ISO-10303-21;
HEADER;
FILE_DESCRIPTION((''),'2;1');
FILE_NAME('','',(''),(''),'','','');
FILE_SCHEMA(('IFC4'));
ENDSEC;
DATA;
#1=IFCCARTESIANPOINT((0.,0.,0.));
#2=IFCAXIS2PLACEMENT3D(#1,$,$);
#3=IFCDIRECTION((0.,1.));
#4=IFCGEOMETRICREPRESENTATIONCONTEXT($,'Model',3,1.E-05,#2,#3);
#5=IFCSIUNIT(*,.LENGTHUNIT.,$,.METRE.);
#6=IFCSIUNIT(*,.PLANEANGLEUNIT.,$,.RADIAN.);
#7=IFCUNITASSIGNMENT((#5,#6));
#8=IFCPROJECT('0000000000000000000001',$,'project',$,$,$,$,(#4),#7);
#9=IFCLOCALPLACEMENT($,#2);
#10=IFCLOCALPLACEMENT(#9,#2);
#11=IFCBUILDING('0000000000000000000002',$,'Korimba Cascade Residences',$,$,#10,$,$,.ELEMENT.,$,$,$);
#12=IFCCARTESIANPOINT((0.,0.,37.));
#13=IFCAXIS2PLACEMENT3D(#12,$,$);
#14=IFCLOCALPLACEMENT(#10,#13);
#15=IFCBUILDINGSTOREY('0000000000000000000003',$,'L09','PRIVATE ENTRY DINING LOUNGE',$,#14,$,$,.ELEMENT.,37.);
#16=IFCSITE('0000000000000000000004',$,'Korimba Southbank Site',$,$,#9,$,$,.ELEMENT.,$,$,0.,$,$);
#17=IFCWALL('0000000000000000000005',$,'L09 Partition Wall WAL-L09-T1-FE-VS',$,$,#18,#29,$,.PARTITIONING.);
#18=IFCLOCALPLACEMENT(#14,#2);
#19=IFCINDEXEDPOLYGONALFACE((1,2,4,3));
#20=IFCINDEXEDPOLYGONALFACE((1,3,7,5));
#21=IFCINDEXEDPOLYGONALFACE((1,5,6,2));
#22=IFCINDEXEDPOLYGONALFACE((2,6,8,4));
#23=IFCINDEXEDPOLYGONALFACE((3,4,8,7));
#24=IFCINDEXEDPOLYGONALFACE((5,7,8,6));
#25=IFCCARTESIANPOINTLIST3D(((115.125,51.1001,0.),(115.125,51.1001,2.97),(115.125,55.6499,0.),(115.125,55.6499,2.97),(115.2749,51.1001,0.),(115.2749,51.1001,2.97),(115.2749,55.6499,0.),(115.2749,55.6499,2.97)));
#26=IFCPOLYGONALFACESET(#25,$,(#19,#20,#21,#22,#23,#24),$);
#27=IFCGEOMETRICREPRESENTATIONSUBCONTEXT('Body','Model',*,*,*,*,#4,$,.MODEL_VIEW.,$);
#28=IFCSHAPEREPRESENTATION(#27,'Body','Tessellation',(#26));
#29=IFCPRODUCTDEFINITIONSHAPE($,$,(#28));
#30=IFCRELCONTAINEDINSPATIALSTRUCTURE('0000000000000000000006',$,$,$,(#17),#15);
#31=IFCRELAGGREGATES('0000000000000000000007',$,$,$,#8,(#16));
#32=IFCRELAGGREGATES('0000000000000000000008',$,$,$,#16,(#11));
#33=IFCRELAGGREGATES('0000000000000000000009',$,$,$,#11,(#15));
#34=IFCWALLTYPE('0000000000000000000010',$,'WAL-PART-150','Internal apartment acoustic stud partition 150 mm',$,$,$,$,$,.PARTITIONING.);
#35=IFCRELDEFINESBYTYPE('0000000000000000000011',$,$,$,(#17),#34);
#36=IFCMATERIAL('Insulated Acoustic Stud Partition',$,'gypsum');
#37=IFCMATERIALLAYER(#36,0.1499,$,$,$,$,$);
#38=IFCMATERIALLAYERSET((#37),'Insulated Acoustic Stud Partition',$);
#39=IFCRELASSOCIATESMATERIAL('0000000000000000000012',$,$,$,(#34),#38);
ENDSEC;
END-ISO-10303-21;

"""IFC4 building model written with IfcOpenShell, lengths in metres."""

from ifc_helpers import new_model, si_unit, direction, frame, frame_2d, origin, place, context, subcontext, project, spatial, rectangle, extrude, material, layer, layer_set, type_object, element, save


model = new_model("IFC4")

# Units and contexts
model_context = context("Model", 3, precision=1e-05, world=origin(), true_north=direction((0.0, 1.0)))
body_context = subcontext(model_context, "Body", "Model", "MODEL_VIEW")
ifc_project = project(units=[si_unit("LENGTHUNIT", "METRE"), si_unit("PLANEANGLEUNIT", "RADIAN")], contexts=[model_context])

# Site, building, storey
site_placement = place(None, origin())
site = spatial("IfcSite", under=ifc_project, at=site_placement, Name="Korimba Southbank Site", CompositionType="ELEMENT", RefElevation=0.0)
building_placement = place(site_placement, origin())
building = spatial("IfcBuilding", under=site, at=building_placement, Name="Korimba Cascade Residences", CompositionType="ELEMENT")
storey_placement = place(building_placement, frame((0.0, 0.0, 37.0)))
storey = spatial("IfcBuildingStorey", under=building, at=storey_placement, Name="L09", Description="PRIVATE ENTRY DINING LOUNGE", CompositionType="ELEMENT", Elevation=37.0)

# Shared definitions
ifc_material_1 = material(Name="Insulated Acoustic Stud Partition", Category="gypsum")
ifc_layer_1 = layer(ifc_material_1, 0.1499)
ifc_layer_set_1 = layer_set([ifc_layer_1], Name="Insulated Acoustic Stud Partition")
wall_type_1 = type_object("IfcWallType", Name="WAL-PART-150", Description="Internal apartment acoustic stud partition 150 mm", PredefinedType="PARTITIONING", material=ifc_layer_set_1)

# Wall
wall_1_placement = place(storey_placement, frame((115.2, 51.1001, 0.0), z_axis=(0.0, 0.0, 1.0), x_axis=(0.0, 1.0, 0.0)))
element("IfcWall", 1, at=wall_1_placement, inside=storey, type_object=wall_type_1, Name="L09 Partition Wall WAL-L09-T1-FE-VS", PredefinedType="PARTITIONING", context=body_context, shape_type="SweptSolid", body=[
    extrude(rectangle(XDim=4.5498, YDim=0.1499, at=frame_2d((2.2749, 0.0))), origin(), (0.0, 0.0, 1.0), 2.97),
])

save(model, "model.ifc")
